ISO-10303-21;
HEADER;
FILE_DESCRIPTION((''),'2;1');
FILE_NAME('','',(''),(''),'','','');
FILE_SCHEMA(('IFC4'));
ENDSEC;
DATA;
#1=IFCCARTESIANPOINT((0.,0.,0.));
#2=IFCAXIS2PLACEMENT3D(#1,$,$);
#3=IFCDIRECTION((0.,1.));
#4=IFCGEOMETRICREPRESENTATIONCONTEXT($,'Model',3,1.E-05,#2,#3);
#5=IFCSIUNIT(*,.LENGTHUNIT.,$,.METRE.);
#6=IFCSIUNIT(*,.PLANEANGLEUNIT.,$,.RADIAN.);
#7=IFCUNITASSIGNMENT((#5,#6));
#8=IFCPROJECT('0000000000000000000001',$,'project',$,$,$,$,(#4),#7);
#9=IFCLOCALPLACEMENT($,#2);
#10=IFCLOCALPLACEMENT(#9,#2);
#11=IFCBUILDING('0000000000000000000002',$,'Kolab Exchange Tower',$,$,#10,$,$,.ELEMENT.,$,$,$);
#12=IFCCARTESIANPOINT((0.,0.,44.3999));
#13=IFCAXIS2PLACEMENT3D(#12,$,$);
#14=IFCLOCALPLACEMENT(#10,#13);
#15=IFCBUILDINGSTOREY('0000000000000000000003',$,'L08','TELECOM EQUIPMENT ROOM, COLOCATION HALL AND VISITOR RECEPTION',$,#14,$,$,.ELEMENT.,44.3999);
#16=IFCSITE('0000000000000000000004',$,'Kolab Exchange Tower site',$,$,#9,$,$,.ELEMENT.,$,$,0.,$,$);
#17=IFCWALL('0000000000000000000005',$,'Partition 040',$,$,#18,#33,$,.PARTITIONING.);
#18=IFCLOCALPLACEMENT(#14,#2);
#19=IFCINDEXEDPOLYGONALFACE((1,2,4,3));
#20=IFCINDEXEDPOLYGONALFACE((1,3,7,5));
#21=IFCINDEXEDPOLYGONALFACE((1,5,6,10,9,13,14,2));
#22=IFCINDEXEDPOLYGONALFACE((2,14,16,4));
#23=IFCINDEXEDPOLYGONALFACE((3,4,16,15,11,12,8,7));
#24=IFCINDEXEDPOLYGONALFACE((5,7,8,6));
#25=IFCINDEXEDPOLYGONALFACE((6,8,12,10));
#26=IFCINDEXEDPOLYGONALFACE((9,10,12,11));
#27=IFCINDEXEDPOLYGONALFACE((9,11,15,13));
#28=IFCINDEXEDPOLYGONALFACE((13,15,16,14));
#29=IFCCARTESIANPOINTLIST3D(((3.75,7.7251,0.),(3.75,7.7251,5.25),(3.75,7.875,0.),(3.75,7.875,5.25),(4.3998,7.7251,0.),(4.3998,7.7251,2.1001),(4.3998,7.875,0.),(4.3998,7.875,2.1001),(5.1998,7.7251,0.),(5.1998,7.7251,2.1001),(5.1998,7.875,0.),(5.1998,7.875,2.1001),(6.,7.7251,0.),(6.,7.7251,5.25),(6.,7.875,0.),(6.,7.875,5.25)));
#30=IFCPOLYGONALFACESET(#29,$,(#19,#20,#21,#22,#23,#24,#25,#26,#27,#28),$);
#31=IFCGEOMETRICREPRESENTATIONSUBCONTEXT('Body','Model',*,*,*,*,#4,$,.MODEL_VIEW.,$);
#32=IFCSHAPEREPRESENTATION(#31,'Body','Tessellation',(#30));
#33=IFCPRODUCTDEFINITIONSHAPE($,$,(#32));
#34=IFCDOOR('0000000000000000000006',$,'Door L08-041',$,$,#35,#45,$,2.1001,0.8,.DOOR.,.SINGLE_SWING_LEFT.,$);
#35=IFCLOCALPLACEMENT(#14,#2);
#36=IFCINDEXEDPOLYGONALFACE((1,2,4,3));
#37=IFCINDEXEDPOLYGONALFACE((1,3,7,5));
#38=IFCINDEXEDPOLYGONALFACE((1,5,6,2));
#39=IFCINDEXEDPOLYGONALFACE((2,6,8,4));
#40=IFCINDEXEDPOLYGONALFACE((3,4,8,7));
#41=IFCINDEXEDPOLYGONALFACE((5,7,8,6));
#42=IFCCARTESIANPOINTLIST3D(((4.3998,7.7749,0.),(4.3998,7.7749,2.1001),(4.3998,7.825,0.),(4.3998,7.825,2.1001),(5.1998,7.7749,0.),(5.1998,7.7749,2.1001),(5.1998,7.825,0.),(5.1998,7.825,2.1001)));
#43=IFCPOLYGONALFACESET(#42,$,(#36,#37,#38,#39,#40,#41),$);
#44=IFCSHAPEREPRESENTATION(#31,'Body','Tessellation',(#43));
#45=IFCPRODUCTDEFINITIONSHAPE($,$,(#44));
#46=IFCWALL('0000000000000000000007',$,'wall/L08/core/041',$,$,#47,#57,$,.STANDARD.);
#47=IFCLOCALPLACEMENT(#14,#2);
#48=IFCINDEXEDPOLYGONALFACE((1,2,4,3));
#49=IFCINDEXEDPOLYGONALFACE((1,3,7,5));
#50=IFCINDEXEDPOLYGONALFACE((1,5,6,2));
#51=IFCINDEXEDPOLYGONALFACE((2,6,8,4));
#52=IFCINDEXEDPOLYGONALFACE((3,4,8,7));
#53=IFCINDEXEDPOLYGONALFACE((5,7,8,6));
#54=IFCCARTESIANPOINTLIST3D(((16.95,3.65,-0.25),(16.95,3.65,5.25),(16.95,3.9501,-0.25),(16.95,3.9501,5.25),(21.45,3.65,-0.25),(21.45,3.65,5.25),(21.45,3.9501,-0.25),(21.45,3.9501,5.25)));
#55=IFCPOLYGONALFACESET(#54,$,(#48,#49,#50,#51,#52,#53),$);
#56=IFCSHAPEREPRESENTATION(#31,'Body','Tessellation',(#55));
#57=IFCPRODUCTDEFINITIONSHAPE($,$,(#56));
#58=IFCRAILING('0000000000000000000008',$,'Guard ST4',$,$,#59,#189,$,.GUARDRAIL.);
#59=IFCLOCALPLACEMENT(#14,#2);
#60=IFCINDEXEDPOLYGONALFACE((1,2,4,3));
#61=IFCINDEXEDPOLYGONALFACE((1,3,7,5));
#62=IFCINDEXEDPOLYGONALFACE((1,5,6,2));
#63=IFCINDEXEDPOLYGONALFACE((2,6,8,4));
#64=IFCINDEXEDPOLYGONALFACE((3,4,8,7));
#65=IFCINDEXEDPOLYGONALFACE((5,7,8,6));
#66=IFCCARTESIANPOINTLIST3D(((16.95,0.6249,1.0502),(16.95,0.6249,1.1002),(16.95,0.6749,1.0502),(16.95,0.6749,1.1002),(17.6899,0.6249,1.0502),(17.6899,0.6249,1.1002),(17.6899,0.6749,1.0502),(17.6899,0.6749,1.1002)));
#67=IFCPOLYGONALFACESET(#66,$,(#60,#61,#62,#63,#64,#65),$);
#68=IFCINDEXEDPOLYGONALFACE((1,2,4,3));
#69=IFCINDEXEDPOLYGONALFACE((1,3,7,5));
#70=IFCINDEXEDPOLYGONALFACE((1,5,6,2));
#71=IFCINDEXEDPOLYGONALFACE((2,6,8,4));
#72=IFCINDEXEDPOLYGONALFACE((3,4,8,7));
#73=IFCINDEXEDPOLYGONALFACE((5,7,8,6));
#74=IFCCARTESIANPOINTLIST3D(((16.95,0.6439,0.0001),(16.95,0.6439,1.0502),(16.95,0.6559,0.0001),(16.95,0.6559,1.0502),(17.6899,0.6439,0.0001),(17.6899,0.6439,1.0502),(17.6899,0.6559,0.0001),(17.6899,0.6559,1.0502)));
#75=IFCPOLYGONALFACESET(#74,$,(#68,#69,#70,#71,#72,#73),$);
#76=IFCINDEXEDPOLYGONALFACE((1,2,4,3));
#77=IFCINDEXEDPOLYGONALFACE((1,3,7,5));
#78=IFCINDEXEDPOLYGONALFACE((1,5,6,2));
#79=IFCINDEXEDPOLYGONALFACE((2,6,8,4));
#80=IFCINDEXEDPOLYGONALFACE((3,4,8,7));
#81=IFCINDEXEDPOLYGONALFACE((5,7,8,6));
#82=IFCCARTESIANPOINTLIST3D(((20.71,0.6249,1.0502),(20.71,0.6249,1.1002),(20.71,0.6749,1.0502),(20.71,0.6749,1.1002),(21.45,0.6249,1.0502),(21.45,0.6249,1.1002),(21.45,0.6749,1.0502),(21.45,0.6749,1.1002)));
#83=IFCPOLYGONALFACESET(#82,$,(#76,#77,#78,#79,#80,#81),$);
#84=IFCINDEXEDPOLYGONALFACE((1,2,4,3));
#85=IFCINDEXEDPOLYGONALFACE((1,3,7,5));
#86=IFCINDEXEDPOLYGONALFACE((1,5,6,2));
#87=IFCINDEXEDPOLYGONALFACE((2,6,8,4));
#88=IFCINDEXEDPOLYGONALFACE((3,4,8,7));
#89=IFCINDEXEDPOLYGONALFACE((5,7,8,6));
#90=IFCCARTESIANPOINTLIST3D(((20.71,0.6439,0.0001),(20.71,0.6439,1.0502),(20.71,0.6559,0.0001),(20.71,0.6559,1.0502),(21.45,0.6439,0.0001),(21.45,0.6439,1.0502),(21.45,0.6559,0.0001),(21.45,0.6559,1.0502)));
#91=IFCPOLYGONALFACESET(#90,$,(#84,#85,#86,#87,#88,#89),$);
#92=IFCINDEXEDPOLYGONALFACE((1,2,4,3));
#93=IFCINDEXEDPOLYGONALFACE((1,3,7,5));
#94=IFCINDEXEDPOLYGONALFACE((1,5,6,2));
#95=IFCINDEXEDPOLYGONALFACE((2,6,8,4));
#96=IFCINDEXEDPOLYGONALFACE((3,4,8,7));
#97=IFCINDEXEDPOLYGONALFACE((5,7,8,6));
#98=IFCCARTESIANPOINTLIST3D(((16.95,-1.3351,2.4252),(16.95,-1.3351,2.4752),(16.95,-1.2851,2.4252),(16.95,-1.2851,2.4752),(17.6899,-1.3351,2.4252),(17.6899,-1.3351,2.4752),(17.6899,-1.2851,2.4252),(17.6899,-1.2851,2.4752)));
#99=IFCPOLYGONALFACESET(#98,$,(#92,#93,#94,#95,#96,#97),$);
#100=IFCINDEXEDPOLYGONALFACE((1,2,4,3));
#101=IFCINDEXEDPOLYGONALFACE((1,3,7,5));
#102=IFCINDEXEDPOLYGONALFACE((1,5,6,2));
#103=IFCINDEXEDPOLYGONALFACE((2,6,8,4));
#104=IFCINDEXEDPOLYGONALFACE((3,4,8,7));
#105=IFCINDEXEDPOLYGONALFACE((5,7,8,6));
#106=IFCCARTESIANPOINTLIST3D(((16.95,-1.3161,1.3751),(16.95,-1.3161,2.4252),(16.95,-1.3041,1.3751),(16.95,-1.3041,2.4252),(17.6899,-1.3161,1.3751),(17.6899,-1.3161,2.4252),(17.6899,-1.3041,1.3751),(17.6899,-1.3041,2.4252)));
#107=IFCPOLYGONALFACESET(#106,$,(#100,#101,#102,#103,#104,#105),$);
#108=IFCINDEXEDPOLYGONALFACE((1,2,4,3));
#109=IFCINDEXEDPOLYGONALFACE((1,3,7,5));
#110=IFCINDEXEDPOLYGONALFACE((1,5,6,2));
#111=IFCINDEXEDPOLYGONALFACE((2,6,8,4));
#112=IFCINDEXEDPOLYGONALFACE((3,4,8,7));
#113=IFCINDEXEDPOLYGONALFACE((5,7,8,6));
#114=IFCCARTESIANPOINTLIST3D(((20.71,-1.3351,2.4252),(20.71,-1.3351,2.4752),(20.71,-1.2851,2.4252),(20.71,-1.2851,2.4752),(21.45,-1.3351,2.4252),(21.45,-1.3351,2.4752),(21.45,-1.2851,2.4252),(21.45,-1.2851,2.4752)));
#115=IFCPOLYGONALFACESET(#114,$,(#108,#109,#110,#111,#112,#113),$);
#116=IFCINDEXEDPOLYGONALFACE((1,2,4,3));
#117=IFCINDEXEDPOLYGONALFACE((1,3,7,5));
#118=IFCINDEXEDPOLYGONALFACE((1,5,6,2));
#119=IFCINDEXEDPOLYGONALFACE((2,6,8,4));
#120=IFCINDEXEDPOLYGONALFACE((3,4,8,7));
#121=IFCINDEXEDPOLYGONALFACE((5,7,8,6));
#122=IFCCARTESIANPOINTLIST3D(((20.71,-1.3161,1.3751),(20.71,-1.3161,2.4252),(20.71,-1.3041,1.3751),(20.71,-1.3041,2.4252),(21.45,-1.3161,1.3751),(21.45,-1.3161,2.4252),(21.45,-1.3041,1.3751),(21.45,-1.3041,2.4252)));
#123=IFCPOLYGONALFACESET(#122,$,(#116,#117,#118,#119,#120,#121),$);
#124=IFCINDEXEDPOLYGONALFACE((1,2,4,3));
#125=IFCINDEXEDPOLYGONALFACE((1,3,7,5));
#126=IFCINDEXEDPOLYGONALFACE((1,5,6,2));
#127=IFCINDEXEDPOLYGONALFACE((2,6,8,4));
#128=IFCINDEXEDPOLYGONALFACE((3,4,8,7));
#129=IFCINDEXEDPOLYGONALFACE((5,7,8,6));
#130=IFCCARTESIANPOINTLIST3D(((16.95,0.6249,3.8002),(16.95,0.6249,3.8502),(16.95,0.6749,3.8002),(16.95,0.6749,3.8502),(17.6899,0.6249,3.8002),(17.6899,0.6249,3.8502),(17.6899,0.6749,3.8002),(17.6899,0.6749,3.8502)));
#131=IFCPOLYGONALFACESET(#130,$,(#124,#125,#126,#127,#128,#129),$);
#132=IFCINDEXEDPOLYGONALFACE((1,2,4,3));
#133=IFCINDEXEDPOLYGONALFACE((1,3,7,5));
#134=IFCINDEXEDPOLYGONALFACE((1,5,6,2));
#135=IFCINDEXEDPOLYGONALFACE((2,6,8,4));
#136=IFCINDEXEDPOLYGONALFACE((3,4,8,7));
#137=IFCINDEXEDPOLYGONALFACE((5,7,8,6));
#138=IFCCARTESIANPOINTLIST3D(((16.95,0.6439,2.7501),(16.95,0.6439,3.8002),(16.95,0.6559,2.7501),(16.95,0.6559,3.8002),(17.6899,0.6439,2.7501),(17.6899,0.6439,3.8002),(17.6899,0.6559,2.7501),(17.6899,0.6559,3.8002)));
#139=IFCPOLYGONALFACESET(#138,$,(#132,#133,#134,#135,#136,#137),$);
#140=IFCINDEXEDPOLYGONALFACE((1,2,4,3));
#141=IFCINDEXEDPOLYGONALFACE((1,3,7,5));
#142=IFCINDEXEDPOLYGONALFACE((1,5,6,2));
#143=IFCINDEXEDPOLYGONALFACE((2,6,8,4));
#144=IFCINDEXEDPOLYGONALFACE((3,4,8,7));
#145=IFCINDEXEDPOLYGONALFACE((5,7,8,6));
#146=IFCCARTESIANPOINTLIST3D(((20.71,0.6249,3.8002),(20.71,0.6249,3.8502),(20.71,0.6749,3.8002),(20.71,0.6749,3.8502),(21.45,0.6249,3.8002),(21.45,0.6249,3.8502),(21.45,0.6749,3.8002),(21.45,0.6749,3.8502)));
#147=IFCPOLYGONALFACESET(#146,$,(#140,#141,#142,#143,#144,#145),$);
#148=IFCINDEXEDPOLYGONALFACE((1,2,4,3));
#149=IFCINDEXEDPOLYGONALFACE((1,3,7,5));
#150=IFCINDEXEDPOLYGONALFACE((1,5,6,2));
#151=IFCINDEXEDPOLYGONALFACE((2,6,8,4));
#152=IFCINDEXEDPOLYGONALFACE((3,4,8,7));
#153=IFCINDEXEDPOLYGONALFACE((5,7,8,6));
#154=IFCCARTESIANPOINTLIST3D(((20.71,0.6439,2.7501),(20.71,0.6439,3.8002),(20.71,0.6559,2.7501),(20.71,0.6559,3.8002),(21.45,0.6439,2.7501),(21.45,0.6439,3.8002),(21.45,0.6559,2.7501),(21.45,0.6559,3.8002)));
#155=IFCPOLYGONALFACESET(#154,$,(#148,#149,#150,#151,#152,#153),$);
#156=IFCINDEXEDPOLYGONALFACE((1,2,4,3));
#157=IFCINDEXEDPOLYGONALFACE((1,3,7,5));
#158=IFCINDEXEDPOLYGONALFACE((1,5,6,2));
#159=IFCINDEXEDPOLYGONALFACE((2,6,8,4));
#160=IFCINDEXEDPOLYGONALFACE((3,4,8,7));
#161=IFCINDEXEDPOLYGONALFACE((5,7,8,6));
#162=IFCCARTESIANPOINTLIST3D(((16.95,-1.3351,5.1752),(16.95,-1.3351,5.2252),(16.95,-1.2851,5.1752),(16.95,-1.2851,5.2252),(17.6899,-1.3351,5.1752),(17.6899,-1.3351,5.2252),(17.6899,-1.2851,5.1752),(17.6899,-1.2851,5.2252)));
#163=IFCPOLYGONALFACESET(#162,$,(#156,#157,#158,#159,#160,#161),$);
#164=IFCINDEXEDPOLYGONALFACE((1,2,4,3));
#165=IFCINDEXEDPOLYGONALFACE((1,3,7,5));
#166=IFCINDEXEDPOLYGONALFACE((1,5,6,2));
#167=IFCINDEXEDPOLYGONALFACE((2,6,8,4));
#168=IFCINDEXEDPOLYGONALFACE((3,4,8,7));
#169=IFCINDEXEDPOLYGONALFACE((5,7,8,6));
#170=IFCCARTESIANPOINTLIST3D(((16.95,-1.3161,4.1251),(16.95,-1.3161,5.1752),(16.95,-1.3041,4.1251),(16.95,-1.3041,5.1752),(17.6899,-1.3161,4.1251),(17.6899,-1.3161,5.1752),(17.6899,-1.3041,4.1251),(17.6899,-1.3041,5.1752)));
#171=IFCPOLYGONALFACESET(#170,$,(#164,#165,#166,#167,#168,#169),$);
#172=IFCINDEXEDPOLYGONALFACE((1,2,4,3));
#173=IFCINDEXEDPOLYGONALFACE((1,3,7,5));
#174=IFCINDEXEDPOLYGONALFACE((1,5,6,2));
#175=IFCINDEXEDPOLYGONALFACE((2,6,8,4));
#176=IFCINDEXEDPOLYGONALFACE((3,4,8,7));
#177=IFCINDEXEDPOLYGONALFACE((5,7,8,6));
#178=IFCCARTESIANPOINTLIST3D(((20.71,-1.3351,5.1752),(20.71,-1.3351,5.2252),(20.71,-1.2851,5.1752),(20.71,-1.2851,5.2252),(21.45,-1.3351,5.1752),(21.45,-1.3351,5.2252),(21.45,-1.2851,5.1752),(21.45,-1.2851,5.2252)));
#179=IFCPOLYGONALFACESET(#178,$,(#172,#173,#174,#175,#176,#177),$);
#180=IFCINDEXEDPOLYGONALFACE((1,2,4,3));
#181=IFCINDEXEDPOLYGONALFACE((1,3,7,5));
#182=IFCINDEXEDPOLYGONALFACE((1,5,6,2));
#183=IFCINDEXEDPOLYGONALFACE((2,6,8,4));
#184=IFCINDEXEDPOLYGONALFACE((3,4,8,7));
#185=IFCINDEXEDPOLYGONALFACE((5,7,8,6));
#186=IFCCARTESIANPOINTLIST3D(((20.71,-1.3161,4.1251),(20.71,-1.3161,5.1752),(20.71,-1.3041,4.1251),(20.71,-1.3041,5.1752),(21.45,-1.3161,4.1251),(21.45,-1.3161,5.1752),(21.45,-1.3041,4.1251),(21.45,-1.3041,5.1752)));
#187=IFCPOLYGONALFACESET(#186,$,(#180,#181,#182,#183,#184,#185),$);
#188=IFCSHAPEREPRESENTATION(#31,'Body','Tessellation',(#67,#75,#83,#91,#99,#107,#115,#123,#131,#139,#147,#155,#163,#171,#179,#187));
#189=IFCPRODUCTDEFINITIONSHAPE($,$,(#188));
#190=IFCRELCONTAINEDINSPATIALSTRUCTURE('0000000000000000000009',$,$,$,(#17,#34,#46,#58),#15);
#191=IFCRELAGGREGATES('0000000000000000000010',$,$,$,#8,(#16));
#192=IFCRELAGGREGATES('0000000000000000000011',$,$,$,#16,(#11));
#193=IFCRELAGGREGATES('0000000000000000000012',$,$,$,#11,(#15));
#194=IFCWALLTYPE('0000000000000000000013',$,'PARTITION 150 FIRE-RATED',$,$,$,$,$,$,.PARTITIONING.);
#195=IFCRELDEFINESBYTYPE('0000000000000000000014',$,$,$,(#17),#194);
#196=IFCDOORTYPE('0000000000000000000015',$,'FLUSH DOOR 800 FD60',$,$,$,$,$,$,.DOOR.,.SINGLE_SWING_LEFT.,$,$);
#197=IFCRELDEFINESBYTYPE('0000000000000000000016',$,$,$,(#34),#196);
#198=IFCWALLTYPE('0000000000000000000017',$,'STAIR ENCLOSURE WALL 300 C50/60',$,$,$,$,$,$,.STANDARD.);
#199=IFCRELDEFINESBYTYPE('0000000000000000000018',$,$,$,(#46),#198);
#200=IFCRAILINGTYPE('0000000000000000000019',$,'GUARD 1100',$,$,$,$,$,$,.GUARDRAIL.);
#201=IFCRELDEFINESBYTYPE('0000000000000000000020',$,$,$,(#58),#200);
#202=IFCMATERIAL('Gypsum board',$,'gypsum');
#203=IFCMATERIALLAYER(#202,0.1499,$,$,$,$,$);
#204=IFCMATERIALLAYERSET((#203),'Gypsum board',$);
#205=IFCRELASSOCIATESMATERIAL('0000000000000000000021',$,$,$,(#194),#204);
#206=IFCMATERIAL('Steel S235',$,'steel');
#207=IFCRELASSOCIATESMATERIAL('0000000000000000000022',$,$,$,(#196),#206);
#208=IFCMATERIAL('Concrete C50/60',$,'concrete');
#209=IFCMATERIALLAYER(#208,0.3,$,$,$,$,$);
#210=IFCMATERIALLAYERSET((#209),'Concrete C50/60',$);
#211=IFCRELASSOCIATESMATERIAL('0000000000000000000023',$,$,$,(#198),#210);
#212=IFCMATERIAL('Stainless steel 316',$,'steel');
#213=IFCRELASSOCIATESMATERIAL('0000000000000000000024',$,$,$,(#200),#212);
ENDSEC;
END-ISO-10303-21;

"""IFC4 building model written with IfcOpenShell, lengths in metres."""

from ifc_helpers import new_model, si_unit, direction, frame, frame_2d, origin, origin_2d, place, context, subcontext, project, spatial, rectangle, extrude, material, layer, layer_set, type_object, element, fill, save


model = new_model("IFC4")

# Units and contexts
model_context = context("Model", 3, precision=1e-05, world=origin(), true_north=direction((0.0, 1.0)))
body_context = subcontext(model_context, "Body", "Model", "MODEL_VIEW")
ifc_project = project(units=[si_unit("LENGTHUNIT", "METRE"), si_unit("PLANEANGLEUNIT", "RADIAN")], contexts=[model_context])

# Site, building, storey
site_placement = place(None, origin())
site = spatial("IfcSite", under=ifc_project, at=site_placement, Name="Kolab Exchange Tower site", CompositionType="ELEMENT", RefElevation=0.0)
building_placement = place(site_placement, origin())
building = spatial("IfcBuilding", under=site, at=building_placement, Name="Kolab Exchange Tower", CompositionType="ELEMENT")
storey_placement = place(building_placement, frame((0.0, 0.0, 44.3999)))
storey = spatial("IfcBuildingStorey", under=building, at=storey_placement, Name="L08", Description="TELECOM EQUIPMENT ROOM, COLOCATION HALL AND VISITOR RECEPTION", CompositionType="ELEMENT", Elevation=44.3999)

# Shared definitions
ifc_material_1 = material(Name="Steel S235", Category="steel")

# Shared definitions
ifc_material_2 = material(Name="Concrete C50/60", Category="concrete")

# Shared definitions
ifc_material_3 = material(Name="Gypsum board", Category="gypsum")

# Shared definitions
ifc_layer_1 = layer(ifc_material_3, 0.1499)
ifc_layer_set_1 = layer_set([ifc_layer_1], Name="Gypsum board")
wall_type_1 = type_object("IfcWallType", Name="PARTITION 150 FIRE-RATED", PredefinedType="PARTITIONING", material=ifc_layer_set_1)

# Wall, opening, door
wall_1_placement = place(storey_placement, frame((3.75, 7.8, 0.0), z_axis=(0.0, 0.0, 1.0), x_axis=(1.0, 0.0, 0.0)))
wall_1 = element("IfcWall", 1, at=wall_1_placement, inside=storey, type_object=wall_type_1, Name="Partition 040", PredefinedType="PARTITIONING", context=body_context, shape_type="SweptSolid", body=[
    extrude(rectangle(XDim=2.25, YDim=0.1499, at=frame_2d((1.125, 0.0))), origin(), (0.0, 0.0, 1.0), 5.25),
])
opening_1_placement = place(wall_1_placement, frame((0.6499, 0.0, 0.0)))
opening_1 = element("IfcOpeningElement", 2, at=opening_1_placement, cuts=wall_1, PredefinedType="OPENING", context=body_context, shape_type="SweptSolid", body=[
    extrude(rectangle(XDim=0.8, YDim=2.1001, at=frame_2d((0.3999, 1.05))), frame((0.0, 0.085, 0.0), z_axis=(0.0, -1.0, 0.0), x_axis=(1.0, 0.0, 0.0)), (0.0, 0.0, 1.0), 0.1699),
])
door_type_1 = type_object("IfcDoorType", Name="FLUSH DOOR 800 FD60", OperationType="SINGLE_SWING_LEFT", PredefinedType="DOOR", material=ifc_material_1)
door_1_placement = place(opening_1_placement, origin())
door_1 = element("IfcDoor", 3, at=door_1_placement, inside=storey, type_object=door_type_1, Name="Door L08-041", OperationType="SINGLE_SWING_LEFT", OverallHeight=2.1001, OverallWidth=0.8, PredefinedType="DOOR", context=body_context, shape_type="SweptSolid", body=[
    extrude(rectangle(XDim=0.8, YDim=2.1001, at=frame_2d((0.3999, 1.05))), frame((0.0, 0.0249, 0.0), z_axis=(0.0, -1.0, 0.0), x_axis=(1.0, 0.0, 0.0)), (0.0, 0.0, 1.0), 0.05),
])
fill(opening_1, door_1)

# Wall
ifc_layer_2 = layer(ifc_material_2, 0.3)
ifc_layer_set_2 = layer_set([ifc_layer_2], Name="Concrete C50/60")
wall_type_2 = type_object("IfcWallType", Name="STAIR ENCLOSURE WALL 300 C50/60", PredefinedType="STANDARD", material=ifc_layer_set_2)
wall_2_placement = place(storey_placement, frame((16.95, 3.8, -0.25), z_axis=(0.0, 0.0, 1.0), x_axis=(1.0, 0.0, 0.0)))
element("IfcWall", 4, at=wall_2_placement, inside=storey, type_object=wall_type_2, Name="wall/L08/core/041", PredefinedType="STANDARD", context=body_context, shape_type="SweptSolid", body=[
    extrude(rectangle(XDim=4.5, YDim=0.3, at=frame_2d((2.25, 0.0))), origin(), (0.0, 0.0, 1.0), 5.5),
])

# Railing
ifc_material_4 = material(Name="Stainless steel 316", Category="steel")
railing_type = type_object("IfcRailingType", Name="GUARD 1100", PredefinedType="GUARDRAIL", material=ifc_material_4)
railing_placement = place(storey_placement, frame((16.95, 0.6499, 0.0)))
element("IfcRailing", 5, at=railing_placement, inside=storey, type_object=railing_type, Name="Guard ST4", PredefinedType="GUARDRAIL", context=body_context, shape_type="SweptSolid", body=[
    extrude(rectangle(XDim=0.05, YDim=0.05, at=origin_2d()), frame((0.0, 0.0, 1.0752), z_axis=(1.0, 0.0, 0.0), x_axis=(0.0, 1.0, 0.0)), (0.0, 0.0, 1.0), 0.74),
    extrude(rectangle(XDim=0.012, YDim=1.0501, at=frame_2d((0.0, 0.5251))), frame((0.0, 0.0, 0.0), z_axis=(1.0, 0.0, 0.0), x_axis=(0.0, 1.0, 0.0)), (0.0, 0.0, 1.0), 0.74),
    extrude(rectangle(XDim=0.05, YDim=0.05, at=origin_2d()), frame((3.76, 0.0, 1.0752), z_axis=(1.0, 0.0, 0.0), x_axis=(0.0, 1.0, 0.0)), (0.0, 0.0, 1.0), 0.74),
    extrude(rectangle(XDim=0.012, YDim=1.0501, at=frame_2d((0.0, 0.5251))), frame((3.76, 0.0, 0.0), z_axis=(1.0, 0.0, 0.0), x_axis=(0.0, 1.0, 0.0)), (0.0, 0.0, 1.0), 0.74),
    extrude(rectangle(XDim=0.05, YDim=0.05, at=origin_2d()), frame((0.0, -1.96, 2.4502), z_axis=(1.0, 0.0, 0.0), x_axis=(0.0, 1.0, 0.0)), (0.0, 0.0, 1.0), 0.74),
    extrude(rectangle(XDim=0.012, YDim=1.0501, at=frame_2d((0.0, 0.5251))), frame((0.0, -1.96, 1.375), z_axis=(1.0, 0.0, 0.0), x_axis=(0.0, 1.0, 0.0)), (0.0, 0.0, 1.0), 0.74),
    extrude(rectangle(XDim=0.05, YDim=0.05, at=origin_2d()), frame((3.76, -1.96, 2.4502), z_axis=(1.0, 0.0, 0.0), x_axis=(0.0, 1.0, 0.0)), (0.0, 0.0, 1.0), 0.74),
    extrude(rectangle(XDim=0.012, YDim=1.0501, at=frame_2d((0.0, 0.5251))), frame((3.76, -1.96, 1.375), z_axis=(1.0, 0.0, 0.0), x_axis=(0.0, 1.0, 0.0)), (0.0, 0.0, 1.0), 0.74),
    extrude(rectangle(XDim=0.05, YDim=0.05, at=origin_2d()), frame((0.0, 0.0, 3.8252), z_axis=(1.0, 0.0, 0.0), x_axis=(0.0, 1.0, 0.0)), (0.0, 0.0, 1.0), 0.74),
    extrude(rectangle(XDim=0.012, YDim=1.0501, at=frame_2d((0.0, 0.5251))), frame((0.0, 0.0, 2.75), z_axis=(1.0, 0.0, 0.0), x_axis=(0.0, 1.0, 0.0)), (0.0, 0.0, 1.0), 0.74),
    extrude(rectangle(XDim=0.05, YDim=0.05, at=origin_2d()), frame((3.76, 0.0, 3.8252), z_axis=(1.0, 0.0, 0.0), x_axis=(0.0, 1.0, 0.0)), (0.0, 0.0, 1.0), 0.74),
    extrude(rectangle(XDim=0.012, YDim=1.0501, at=frame_2d((0.0, 0.5251))), frame((3.76, 0.0, 2.75), z_axis=(1.0, 0.0, 0.0), x_axis=(0.0, 1.0, 0.0)), (0.0, 0.0, 1.0), 0.74),
    extrude(rectangle(XDim=0.05, YDim=0.05, at=origin_2d()), frame((0.0, -1.96, 5.2002), z_axis=(1.0, 0.0, 0.0), x_axis=(0.0, 1.0, 0.0)), (0.0, 0.0, 1.0), 0.74),
    extrude(rectangle(XDim=0.012, YDim=1.0501, at=frame_2d((0.0, 0.5251))), frame((0.0, -1.96, 4.125), z_axis=(1.0, 0.0, 0.0), x_axis=(0.0, 1.0, 0.0)), (0.0, 0.0, 1.0), 0.74),
    extrude(rectangle(XDim=0.05, YDim=0.05, at=origin_2d()), frame((3.76, -1.96, 5.2002), z_axis=(1.0, 0.0, 0.0), x_axis=(0.0, 1.0, 0.0)), (0.0, 0.0, 1.0), 0.74),
    extrude(rectangle(XDim=0.012, YDim=1.0501, at=frame_2d((0.0, 0.5251))), frame((3.76, -1.96, 4.125), z_axis=(1.0, 0.0, 0.0), x_axis=(0.0, 1.0, 0.0)), (0.0, 0.0, 1.0), 0.74),
])

save(model, "model.ifc")
